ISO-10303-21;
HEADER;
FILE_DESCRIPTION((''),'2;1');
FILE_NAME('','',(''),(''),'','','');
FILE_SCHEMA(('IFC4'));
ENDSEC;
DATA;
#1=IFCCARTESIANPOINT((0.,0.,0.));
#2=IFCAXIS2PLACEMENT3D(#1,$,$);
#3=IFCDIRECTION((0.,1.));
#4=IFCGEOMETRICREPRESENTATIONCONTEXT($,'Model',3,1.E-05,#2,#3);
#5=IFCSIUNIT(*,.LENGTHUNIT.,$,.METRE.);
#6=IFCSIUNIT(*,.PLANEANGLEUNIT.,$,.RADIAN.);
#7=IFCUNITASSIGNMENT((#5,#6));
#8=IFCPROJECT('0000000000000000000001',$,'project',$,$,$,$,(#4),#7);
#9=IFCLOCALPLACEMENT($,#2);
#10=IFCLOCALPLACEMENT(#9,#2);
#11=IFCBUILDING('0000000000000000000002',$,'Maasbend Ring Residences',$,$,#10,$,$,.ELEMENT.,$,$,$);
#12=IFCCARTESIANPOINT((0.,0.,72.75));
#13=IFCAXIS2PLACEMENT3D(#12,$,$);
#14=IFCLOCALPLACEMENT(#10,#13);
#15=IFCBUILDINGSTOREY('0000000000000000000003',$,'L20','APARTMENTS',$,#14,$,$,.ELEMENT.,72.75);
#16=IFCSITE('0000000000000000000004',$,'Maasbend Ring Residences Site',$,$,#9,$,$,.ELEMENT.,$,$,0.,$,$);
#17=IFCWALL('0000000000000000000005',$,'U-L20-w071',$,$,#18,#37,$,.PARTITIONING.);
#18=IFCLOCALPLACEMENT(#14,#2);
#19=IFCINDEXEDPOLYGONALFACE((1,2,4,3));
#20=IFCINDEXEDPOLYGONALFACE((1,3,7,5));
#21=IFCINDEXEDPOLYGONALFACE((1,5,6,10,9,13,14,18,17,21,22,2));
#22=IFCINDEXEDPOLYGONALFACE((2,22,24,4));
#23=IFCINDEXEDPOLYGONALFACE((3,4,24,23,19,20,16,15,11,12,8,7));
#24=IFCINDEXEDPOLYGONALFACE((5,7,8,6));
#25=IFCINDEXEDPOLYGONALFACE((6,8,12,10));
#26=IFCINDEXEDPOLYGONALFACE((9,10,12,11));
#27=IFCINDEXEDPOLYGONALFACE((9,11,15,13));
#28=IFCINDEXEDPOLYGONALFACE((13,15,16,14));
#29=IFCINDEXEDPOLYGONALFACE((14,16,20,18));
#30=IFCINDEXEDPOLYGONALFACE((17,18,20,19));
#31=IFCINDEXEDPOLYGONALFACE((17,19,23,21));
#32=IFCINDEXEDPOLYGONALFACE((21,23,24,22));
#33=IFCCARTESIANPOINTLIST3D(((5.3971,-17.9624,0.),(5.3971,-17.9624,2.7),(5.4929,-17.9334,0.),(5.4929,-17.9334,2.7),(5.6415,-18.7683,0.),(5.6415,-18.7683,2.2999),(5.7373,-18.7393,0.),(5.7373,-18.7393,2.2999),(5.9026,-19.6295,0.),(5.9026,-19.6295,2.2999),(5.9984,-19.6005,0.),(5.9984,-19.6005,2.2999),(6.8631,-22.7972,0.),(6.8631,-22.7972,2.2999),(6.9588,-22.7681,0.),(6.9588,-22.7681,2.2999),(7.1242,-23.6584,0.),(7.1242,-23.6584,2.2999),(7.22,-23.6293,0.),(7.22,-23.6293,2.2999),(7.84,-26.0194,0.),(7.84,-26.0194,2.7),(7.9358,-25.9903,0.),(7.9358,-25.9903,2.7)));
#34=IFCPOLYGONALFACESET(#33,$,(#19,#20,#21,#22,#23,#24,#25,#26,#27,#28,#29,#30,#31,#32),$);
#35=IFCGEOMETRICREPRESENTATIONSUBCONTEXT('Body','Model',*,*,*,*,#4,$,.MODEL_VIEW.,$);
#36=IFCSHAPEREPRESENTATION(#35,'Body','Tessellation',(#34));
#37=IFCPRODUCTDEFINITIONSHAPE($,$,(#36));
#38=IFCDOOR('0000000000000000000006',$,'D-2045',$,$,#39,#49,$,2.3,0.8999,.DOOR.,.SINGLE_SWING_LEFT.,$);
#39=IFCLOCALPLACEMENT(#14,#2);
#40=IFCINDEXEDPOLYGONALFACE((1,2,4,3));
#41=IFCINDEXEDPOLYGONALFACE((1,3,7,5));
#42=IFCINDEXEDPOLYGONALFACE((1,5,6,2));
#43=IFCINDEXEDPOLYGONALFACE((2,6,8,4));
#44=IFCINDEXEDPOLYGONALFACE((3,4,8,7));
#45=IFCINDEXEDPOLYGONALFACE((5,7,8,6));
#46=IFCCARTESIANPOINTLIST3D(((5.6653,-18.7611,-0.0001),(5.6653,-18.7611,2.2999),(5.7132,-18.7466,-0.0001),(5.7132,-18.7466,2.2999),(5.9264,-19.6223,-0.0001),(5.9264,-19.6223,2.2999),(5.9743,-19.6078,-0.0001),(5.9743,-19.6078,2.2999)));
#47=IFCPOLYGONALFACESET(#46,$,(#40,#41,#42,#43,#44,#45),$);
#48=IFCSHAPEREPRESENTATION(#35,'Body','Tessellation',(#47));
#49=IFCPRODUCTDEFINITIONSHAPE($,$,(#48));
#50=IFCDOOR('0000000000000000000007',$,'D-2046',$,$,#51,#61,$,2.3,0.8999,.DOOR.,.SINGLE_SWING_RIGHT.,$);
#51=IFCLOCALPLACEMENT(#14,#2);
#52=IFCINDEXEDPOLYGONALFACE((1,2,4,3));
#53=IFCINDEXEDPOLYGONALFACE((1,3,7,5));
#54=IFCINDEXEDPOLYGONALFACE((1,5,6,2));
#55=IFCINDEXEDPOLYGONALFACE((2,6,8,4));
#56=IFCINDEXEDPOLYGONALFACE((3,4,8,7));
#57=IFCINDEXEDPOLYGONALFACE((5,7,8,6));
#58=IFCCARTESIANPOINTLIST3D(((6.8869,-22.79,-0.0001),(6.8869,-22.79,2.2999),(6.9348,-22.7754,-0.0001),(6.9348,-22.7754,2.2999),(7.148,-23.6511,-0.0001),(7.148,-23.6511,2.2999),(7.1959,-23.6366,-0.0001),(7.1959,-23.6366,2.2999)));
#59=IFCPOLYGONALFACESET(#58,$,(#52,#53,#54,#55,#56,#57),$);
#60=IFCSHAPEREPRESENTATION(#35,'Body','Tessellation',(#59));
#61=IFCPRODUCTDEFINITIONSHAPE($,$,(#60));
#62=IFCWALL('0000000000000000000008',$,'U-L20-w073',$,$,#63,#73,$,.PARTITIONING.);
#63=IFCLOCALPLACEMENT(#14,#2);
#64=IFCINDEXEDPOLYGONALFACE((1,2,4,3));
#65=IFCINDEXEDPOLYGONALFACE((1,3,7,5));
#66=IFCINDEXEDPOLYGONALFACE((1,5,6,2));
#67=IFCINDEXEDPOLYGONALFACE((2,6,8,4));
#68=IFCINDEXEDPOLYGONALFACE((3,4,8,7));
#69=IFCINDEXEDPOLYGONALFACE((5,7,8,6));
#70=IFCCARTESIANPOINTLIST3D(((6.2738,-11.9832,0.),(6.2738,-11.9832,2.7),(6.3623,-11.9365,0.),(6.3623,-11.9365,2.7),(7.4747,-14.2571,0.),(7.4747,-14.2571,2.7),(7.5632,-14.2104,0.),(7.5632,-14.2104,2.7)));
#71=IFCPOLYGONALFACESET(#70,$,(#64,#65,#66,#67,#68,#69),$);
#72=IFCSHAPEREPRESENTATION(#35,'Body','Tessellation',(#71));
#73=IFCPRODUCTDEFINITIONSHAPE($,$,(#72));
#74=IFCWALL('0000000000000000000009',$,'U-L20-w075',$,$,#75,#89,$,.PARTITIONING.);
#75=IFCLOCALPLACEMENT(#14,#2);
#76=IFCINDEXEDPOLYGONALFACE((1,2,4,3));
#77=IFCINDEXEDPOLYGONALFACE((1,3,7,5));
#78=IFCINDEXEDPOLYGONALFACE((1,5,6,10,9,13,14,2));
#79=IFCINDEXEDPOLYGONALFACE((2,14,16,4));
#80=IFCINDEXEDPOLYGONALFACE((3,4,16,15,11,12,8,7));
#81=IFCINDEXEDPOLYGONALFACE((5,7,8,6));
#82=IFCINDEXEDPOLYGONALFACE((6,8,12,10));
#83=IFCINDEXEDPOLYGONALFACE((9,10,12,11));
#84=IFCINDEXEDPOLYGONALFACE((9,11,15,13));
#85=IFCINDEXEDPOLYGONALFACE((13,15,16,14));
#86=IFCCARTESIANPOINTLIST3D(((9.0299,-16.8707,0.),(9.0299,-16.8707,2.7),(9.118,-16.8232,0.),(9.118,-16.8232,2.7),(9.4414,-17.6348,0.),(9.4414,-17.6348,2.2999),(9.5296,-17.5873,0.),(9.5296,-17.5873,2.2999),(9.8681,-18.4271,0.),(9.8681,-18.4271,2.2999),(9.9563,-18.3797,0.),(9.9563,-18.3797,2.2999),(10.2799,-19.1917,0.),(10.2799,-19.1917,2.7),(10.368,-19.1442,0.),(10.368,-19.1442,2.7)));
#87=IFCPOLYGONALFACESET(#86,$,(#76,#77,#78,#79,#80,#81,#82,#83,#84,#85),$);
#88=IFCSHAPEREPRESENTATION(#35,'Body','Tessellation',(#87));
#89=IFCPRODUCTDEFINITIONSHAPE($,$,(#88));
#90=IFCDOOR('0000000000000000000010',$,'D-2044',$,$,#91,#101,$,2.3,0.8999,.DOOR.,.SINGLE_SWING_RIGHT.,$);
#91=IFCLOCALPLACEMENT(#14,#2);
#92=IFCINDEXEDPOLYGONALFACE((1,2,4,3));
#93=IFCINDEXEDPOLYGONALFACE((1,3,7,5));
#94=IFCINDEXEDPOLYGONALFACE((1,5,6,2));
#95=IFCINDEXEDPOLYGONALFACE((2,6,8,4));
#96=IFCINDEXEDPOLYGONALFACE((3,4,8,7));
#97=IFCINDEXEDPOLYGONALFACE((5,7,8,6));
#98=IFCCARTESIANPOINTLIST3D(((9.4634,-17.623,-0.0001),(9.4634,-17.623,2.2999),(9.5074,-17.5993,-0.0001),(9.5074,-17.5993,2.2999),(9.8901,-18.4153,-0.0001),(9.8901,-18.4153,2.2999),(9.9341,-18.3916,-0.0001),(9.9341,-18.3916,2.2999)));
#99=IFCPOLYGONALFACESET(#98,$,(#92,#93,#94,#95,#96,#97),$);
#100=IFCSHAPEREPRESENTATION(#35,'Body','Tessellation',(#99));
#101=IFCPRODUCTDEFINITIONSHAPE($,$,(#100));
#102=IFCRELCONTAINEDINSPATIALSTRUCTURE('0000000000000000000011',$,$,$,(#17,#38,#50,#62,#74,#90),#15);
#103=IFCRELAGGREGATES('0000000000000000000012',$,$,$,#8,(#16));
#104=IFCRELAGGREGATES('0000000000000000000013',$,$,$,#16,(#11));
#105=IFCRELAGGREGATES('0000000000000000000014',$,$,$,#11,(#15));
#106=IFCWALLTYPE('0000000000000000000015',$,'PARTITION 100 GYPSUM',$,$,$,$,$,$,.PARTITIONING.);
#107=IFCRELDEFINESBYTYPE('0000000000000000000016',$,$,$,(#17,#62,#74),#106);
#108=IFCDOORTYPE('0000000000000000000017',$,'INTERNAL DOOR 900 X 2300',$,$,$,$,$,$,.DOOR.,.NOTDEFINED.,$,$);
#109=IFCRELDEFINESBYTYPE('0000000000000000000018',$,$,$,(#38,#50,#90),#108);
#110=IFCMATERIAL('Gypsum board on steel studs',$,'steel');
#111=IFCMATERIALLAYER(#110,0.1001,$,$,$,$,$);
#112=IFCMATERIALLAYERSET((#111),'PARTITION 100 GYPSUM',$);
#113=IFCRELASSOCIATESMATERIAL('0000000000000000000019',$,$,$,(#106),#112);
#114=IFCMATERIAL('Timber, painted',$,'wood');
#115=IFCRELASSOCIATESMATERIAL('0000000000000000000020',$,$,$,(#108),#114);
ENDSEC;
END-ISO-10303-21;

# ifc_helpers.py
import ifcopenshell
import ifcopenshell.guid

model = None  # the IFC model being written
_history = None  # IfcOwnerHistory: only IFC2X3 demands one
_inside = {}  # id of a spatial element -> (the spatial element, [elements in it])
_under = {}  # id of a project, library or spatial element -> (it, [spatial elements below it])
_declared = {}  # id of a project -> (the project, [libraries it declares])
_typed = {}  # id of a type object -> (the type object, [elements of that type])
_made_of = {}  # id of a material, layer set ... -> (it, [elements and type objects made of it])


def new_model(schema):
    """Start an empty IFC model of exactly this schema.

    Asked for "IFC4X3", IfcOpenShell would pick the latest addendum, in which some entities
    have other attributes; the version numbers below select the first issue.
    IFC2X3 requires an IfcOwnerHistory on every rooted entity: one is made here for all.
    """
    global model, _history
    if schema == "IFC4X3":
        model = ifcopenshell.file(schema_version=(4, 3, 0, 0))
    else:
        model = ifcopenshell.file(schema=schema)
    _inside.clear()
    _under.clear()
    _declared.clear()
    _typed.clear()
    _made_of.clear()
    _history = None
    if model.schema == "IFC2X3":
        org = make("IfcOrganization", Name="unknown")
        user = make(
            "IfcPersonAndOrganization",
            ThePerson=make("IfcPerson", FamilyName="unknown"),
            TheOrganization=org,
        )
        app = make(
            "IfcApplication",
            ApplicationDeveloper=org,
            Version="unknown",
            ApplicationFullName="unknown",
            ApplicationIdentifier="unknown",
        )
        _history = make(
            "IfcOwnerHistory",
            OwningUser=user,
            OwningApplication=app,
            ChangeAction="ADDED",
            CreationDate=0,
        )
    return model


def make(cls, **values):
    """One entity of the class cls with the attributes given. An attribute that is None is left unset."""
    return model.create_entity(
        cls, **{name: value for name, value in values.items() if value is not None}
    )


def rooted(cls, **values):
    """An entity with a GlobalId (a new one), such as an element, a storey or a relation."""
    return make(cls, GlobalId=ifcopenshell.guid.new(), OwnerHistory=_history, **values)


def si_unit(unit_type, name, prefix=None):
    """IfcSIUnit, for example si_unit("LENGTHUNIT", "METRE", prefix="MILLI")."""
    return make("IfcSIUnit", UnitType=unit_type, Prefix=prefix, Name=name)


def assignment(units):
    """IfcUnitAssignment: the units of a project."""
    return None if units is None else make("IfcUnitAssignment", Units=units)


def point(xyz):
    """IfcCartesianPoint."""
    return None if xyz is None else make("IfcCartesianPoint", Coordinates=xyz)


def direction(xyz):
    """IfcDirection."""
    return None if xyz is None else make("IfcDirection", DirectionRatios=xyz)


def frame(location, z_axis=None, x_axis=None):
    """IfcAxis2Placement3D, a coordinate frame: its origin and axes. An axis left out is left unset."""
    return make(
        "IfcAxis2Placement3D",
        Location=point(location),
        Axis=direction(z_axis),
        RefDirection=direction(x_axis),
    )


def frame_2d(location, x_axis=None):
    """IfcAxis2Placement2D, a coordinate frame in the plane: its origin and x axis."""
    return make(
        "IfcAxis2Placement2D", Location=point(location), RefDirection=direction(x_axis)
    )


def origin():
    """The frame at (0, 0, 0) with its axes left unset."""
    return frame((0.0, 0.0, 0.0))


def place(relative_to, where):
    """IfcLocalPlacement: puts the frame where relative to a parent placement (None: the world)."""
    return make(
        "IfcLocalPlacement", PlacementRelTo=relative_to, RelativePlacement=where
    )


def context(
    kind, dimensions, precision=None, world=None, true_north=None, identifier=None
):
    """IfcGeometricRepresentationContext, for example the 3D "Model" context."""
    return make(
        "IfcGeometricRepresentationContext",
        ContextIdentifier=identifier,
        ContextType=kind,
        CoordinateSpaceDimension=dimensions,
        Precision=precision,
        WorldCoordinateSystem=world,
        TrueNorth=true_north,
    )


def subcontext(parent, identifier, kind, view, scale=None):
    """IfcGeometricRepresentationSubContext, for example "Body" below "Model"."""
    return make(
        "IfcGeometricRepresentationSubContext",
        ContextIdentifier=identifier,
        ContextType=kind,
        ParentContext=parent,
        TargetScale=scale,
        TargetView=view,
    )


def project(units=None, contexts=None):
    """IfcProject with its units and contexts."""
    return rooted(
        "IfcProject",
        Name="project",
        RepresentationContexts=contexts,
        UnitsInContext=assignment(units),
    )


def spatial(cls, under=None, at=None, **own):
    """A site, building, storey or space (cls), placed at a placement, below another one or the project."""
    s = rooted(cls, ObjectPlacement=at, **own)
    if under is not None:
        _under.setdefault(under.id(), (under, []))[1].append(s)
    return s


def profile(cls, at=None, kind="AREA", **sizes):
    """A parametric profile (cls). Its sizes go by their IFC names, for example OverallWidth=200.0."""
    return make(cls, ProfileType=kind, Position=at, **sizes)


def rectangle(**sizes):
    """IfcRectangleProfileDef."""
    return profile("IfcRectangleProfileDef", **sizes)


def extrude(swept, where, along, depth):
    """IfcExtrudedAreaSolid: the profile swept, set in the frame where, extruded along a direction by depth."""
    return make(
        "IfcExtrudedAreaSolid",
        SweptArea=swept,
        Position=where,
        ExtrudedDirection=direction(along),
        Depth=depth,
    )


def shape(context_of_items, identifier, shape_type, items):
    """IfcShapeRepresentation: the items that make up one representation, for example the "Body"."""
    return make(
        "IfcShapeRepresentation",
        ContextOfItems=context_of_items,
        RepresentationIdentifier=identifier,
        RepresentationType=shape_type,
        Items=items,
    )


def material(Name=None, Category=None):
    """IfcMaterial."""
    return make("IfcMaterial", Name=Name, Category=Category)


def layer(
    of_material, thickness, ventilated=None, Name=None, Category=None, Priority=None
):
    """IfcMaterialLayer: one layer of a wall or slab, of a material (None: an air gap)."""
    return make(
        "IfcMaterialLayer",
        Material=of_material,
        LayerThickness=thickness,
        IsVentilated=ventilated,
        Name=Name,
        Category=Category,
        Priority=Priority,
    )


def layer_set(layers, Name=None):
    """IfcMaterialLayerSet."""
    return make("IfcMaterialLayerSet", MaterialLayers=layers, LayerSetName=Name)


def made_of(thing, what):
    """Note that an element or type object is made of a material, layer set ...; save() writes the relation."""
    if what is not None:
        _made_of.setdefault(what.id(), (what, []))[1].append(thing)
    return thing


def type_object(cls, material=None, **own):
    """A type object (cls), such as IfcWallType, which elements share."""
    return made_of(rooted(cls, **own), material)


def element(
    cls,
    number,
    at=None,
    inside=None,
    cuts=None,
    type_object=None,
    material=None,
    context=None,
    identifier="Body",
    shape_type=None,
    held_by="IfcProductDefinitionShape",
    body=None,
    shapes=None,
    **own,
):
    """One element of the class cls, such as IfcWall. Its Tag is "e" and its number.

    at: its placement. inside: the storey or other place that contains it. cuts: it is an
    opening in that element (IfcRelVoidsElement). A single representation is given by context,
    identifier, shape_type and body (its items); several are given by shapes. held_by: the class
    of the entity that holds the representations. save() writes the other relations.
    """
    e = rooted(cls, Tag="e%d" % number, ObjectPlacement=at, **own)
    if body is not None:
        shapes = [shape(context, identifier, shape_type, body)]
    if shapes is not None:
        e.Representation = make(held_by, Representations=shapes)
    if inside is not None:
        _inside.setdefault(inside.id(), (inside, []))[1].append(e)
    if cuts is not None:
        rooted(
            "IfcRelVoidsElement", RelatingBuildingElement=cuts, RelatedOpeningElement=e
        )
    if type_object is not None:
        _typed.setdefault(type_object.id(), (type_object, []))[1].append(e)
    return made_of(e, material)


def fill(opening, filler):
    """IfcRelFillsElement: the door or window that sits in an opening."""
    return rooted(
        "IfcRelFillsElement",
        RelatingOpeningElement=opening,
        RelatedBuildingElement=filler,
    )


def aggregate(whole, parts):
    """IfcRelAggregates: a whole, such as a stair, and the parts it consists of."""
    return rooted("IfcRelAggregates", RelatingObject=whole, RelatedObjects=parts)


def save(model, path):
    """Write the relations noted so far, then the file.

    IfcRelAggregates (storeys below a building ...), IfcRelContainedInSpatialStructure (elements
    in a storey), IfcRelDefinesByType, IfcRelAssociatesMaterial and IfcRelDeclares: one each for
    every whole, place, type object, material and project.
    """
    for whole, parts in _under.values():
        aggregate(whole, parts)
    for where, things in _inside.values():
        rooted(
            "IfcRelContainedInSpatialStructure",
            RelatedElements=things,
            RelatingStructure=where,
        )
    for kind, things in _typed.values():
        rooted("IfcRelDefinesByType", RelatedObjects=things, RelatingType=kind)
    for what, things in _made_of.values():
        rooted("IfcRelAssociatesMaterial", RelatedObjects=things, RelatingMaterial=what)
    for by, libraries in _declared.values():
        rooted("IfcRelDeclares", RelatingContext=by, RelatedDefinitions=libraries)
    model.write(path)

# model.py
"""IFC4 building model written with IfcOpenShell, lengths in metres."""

from ifc_helpers import new_model, si_unit, direction, frame, frame_2d, origin, place, context, subcontext, project, spatial, rectangle, extrude, material, layer, layer_set, type_object, element, fill, save


model = new_model("IFC4")

# Units and contexts
model_context = context("Model", 3, precision=1e-05, world=origin(), true_north=direction((0.0, 1.0)))
body_context = subcontext(model_context, "Body", "Model", "MODEL_VIEW")
ifc_project = project(units=[si_unit("LENGTHUNIT", "METRE"), si_unit("PLANEANGLEUNIT", "RADIAN")], contexts=[model_context])

# Site, building, storey
site_placement = place(None, origin())
site = spatial("IfcSite", under=ifc_project, at=site_placement, Name="Maasbend Ring Residences Site", CompositionType="ELEMENT", RefElevation=0.0)
building_placement = place(site_placement, origin())
building = spatial("IfcBuilding", under=site, at=building_placement, Name="Maasbend Ring Residences", CompositionType="ELEMENT")
storey_placement = place(building_placement, frame((0.0, 0.0, 72.75)))
storey = spatial("IfcBuildingStorey", under=building, at=storey_placement, Name="L20", Description="APARTMENTS", CompositionType="ELEMENT", Elevation=72.75)

# Shared definitions
ifc_material_1 = material(Name="Gypsum board on steel studs", Category="steel")
ifc_layer_1 = layer(ifc_material_1, 0.1001)
ifc_layer_set_1 = layer_set([ifc_layer_1], Name="PARTITION 100 GYPSUM")
wall_type_1 = type_object("IfcWallType", Name="PARTITION 100 GYPSUM", PredefinedType="PARTITIONING", material=ifc_layer_set_1)

# Shared definitions
ifc_material_2 = material(Name="Timber, painted", Category="wood")
door_type_1 = type_object("IfcDoorType", Name="INTERNAL DOOR 900 X 2300", OperationType="NOTDEFINED", PredefinedType="DOOR", material=ifc_material_2)

# Wall, openings, doors
wall_1_placement = place(storey_placement, frame((5.4451, -17.948, 0.0), z_axis=(0.0, 0.0, 1.0), x_axis=(0.290159, -0.956979, 0.0)))
wall_1 = element("IfcWall", 1, at=wall_1_placement, inside=storey, type_object=wall_type_1, Name="U-L20-w071", PredefinedType="PARTITIONING", context=body_context, shape_type="SweptSolid", body=[
    extrude(rectangle(XDim=8.4192, YDim=0.1001, at=frame_2d((4.2095, 0.0))), origin(), (0.0, 0.0, 1.0), 2.7),
])
opening_1_placement = place(wall_1_placement, frame((0.842, 0.0, 0.0)))
opening_1 = element("IfcOpeningElement", 2, at=opening_1_placement, cuts=wall_1, PredefinedType="OPENING", context=body_context, shape_type="SweptSolid", body=[
    extrude(rectangle(XDim=0.8999, YDim=2.3, at=frame_2d((0.45, 1.1499))), frame((0.0, 0.0601, 0.0), z_axis=(0.0, -1.0, 0.0), x_axis=(1.0, 0.0, 0.0)), (0.0, 0.0, 1.0), 0.1201),
])
opening_2_placement = place(wall_1_placement, frame((5.052, 0.0, 0.0)))
opening_2 = element("IfcOpeningElement", 3, at=opening_2_placement, cuts=wall_1, PredefinedType="OPENING", context=body_context, shape_type="SweptSolid", body=[
    extrude(rectangle(XDim=0.8999, YDim=2.3, at=frame_2d((0.45, 1.1499))), frame((0.0, 0.0601, 0.0), z_axis=(0.0, -1.0, 0.0), x_axis=(1.0, 0.0, 0.0)), (0.0, 0.0, 1.0), 0.1201),
])
door_1_placement = place(opening_1_placement, origin())
door_1 = element("IfcDoor", 4, at=door_1_placement, inside=storey, type_object=door_type_1, Name="D-2045", OperationType="SINGLE_SWING_LEFT", OverallHeight=2.3, OverallWidth=0.8999, PredefinedType="DOOR", context=body_context, shape_type="SweptSolid", body=[
    extrude(rectangle(XDim=0.8999, YDim=2.3, at=frame_2d((0.45, 1.1499))), frame((0.0, 0.0249, 0.0), z_axis=(0.0, -1.0, 0.0), x_axis=(1.0, 0.0, 0.0)), (0.0, 0.0, 1.0), 0.05),
])
fill(opening_1, door_1)
door_2_placement = place(opening_2_placement, origin())
door_2 = element("IfcDoor", 5, at=door_2_placement, inside=storey, type_object=door_type_1, Name="D-2046", OperationType="SINGLE_SWING_RIGHT", OverallHeight=2.3, OverallWidth=0.8999, PredefinedType="DOOR", context=body_context, shape_type="SweptSolid", body=[
    extrude(rectangle(XDim=0.8999, YDim=2.3, at=frame_2d((0.45, 1.1499))), frame((0.0, 0.0249, 0.0), z_axis=(0.0, -1.0, 0.0), x_axis=(1.0, 0.0, 0.0)), (0.0, 0.0, 1.0), 0.05),
])
fill(opening_2, door_2)

# Wall
wall_2_placement = place(storey_placement, frame((6.3181, -11.96, 0.0), z_axis=(0.0, 0.0, 1.0), x_axis=(0.467002, -0.884256, 0.0)))
element("IfcWall", 6, at=wall_2_placement, inside=storey, type_object=wall_type_1, Name="U-L20-w073", PredefinedType="PARTITIONING", context=body_context, shape_type="SweptSolid", body=[
    extrude(rectangle(XDim=2.5715, YDim=0.1001, at=frame_2d((1.2856, 0.0))), origin(), (0.0, 0.0, 1.0), 2.7),
])

# Wall, opening, door
wall_3_placement = place(storey_placement, frame((9.074, -16.8469, 0.0), z_axis=(0.0, 0.0, 1.0), x_axis=(0.474161, -0.880438, 0.0)))
wall_3 = element("IfcWall", 7, at=wall_3_placement, inside=storey, type_object=wall_type_1, Name="U-L20-w075", PredefinedType="PARTITIONING", context=body_context, shape_type="SweptSolid", body=[
    extrude(rectangle(XDim=2.6362, YDim=0.1001, at=frame_2d((1.3181, 0.0))), origin(), (0.0, 0.0, 1.0), 2.7),
])
opening_3_placement = place(wall_3_placement, frame((0.8679, 0.0, 0.0)))
opening_3 = element("IfcOpeningElement", 8, at=opening_3_placement, cuts=wall_3, PredefinedType="OPENING", context=body_context, shape_type="SweptSolid", body=[
    extrude(rectangle(XDim=0.8999, YDim=2.3, at=frame_2d((0.45, 1.1499))), frame((0.0, 0.0601, 0.0), z_axis=(0.0, -1.0, 0.0), x_axis=(1.0, 0.0, 0.0)), (0.0, 0.0, 1.0), 0.1201),
])
door_3_placement = place(opening_3_placement, origin())
door_3 = element("IfcDoor", 9, at=door_3_placement, inside=storey, type_object=door_type_1, Name="D-2044", OperationType="SINGLE_SWING_RIGHT", OverallHeight=2.3, OverallWidth=0.8999, PredefinedType="DOOR", context=body_context, shape_type="SweptSolid", body=[
    extrude(rectangle(XDim=0.8999, YDim=2.3, at=frame_2d((0.45, 1.1499))), frame((0.0, 0.0249, 0.0), z_axis=(0.0, -1.0, 0.0), x_axis=(1.0, 0.0, 0.0)), (0.0, 0.0, 1.0), 0.05),
])
fill(opening_3, door_3)

save(model, "model.ifc")
